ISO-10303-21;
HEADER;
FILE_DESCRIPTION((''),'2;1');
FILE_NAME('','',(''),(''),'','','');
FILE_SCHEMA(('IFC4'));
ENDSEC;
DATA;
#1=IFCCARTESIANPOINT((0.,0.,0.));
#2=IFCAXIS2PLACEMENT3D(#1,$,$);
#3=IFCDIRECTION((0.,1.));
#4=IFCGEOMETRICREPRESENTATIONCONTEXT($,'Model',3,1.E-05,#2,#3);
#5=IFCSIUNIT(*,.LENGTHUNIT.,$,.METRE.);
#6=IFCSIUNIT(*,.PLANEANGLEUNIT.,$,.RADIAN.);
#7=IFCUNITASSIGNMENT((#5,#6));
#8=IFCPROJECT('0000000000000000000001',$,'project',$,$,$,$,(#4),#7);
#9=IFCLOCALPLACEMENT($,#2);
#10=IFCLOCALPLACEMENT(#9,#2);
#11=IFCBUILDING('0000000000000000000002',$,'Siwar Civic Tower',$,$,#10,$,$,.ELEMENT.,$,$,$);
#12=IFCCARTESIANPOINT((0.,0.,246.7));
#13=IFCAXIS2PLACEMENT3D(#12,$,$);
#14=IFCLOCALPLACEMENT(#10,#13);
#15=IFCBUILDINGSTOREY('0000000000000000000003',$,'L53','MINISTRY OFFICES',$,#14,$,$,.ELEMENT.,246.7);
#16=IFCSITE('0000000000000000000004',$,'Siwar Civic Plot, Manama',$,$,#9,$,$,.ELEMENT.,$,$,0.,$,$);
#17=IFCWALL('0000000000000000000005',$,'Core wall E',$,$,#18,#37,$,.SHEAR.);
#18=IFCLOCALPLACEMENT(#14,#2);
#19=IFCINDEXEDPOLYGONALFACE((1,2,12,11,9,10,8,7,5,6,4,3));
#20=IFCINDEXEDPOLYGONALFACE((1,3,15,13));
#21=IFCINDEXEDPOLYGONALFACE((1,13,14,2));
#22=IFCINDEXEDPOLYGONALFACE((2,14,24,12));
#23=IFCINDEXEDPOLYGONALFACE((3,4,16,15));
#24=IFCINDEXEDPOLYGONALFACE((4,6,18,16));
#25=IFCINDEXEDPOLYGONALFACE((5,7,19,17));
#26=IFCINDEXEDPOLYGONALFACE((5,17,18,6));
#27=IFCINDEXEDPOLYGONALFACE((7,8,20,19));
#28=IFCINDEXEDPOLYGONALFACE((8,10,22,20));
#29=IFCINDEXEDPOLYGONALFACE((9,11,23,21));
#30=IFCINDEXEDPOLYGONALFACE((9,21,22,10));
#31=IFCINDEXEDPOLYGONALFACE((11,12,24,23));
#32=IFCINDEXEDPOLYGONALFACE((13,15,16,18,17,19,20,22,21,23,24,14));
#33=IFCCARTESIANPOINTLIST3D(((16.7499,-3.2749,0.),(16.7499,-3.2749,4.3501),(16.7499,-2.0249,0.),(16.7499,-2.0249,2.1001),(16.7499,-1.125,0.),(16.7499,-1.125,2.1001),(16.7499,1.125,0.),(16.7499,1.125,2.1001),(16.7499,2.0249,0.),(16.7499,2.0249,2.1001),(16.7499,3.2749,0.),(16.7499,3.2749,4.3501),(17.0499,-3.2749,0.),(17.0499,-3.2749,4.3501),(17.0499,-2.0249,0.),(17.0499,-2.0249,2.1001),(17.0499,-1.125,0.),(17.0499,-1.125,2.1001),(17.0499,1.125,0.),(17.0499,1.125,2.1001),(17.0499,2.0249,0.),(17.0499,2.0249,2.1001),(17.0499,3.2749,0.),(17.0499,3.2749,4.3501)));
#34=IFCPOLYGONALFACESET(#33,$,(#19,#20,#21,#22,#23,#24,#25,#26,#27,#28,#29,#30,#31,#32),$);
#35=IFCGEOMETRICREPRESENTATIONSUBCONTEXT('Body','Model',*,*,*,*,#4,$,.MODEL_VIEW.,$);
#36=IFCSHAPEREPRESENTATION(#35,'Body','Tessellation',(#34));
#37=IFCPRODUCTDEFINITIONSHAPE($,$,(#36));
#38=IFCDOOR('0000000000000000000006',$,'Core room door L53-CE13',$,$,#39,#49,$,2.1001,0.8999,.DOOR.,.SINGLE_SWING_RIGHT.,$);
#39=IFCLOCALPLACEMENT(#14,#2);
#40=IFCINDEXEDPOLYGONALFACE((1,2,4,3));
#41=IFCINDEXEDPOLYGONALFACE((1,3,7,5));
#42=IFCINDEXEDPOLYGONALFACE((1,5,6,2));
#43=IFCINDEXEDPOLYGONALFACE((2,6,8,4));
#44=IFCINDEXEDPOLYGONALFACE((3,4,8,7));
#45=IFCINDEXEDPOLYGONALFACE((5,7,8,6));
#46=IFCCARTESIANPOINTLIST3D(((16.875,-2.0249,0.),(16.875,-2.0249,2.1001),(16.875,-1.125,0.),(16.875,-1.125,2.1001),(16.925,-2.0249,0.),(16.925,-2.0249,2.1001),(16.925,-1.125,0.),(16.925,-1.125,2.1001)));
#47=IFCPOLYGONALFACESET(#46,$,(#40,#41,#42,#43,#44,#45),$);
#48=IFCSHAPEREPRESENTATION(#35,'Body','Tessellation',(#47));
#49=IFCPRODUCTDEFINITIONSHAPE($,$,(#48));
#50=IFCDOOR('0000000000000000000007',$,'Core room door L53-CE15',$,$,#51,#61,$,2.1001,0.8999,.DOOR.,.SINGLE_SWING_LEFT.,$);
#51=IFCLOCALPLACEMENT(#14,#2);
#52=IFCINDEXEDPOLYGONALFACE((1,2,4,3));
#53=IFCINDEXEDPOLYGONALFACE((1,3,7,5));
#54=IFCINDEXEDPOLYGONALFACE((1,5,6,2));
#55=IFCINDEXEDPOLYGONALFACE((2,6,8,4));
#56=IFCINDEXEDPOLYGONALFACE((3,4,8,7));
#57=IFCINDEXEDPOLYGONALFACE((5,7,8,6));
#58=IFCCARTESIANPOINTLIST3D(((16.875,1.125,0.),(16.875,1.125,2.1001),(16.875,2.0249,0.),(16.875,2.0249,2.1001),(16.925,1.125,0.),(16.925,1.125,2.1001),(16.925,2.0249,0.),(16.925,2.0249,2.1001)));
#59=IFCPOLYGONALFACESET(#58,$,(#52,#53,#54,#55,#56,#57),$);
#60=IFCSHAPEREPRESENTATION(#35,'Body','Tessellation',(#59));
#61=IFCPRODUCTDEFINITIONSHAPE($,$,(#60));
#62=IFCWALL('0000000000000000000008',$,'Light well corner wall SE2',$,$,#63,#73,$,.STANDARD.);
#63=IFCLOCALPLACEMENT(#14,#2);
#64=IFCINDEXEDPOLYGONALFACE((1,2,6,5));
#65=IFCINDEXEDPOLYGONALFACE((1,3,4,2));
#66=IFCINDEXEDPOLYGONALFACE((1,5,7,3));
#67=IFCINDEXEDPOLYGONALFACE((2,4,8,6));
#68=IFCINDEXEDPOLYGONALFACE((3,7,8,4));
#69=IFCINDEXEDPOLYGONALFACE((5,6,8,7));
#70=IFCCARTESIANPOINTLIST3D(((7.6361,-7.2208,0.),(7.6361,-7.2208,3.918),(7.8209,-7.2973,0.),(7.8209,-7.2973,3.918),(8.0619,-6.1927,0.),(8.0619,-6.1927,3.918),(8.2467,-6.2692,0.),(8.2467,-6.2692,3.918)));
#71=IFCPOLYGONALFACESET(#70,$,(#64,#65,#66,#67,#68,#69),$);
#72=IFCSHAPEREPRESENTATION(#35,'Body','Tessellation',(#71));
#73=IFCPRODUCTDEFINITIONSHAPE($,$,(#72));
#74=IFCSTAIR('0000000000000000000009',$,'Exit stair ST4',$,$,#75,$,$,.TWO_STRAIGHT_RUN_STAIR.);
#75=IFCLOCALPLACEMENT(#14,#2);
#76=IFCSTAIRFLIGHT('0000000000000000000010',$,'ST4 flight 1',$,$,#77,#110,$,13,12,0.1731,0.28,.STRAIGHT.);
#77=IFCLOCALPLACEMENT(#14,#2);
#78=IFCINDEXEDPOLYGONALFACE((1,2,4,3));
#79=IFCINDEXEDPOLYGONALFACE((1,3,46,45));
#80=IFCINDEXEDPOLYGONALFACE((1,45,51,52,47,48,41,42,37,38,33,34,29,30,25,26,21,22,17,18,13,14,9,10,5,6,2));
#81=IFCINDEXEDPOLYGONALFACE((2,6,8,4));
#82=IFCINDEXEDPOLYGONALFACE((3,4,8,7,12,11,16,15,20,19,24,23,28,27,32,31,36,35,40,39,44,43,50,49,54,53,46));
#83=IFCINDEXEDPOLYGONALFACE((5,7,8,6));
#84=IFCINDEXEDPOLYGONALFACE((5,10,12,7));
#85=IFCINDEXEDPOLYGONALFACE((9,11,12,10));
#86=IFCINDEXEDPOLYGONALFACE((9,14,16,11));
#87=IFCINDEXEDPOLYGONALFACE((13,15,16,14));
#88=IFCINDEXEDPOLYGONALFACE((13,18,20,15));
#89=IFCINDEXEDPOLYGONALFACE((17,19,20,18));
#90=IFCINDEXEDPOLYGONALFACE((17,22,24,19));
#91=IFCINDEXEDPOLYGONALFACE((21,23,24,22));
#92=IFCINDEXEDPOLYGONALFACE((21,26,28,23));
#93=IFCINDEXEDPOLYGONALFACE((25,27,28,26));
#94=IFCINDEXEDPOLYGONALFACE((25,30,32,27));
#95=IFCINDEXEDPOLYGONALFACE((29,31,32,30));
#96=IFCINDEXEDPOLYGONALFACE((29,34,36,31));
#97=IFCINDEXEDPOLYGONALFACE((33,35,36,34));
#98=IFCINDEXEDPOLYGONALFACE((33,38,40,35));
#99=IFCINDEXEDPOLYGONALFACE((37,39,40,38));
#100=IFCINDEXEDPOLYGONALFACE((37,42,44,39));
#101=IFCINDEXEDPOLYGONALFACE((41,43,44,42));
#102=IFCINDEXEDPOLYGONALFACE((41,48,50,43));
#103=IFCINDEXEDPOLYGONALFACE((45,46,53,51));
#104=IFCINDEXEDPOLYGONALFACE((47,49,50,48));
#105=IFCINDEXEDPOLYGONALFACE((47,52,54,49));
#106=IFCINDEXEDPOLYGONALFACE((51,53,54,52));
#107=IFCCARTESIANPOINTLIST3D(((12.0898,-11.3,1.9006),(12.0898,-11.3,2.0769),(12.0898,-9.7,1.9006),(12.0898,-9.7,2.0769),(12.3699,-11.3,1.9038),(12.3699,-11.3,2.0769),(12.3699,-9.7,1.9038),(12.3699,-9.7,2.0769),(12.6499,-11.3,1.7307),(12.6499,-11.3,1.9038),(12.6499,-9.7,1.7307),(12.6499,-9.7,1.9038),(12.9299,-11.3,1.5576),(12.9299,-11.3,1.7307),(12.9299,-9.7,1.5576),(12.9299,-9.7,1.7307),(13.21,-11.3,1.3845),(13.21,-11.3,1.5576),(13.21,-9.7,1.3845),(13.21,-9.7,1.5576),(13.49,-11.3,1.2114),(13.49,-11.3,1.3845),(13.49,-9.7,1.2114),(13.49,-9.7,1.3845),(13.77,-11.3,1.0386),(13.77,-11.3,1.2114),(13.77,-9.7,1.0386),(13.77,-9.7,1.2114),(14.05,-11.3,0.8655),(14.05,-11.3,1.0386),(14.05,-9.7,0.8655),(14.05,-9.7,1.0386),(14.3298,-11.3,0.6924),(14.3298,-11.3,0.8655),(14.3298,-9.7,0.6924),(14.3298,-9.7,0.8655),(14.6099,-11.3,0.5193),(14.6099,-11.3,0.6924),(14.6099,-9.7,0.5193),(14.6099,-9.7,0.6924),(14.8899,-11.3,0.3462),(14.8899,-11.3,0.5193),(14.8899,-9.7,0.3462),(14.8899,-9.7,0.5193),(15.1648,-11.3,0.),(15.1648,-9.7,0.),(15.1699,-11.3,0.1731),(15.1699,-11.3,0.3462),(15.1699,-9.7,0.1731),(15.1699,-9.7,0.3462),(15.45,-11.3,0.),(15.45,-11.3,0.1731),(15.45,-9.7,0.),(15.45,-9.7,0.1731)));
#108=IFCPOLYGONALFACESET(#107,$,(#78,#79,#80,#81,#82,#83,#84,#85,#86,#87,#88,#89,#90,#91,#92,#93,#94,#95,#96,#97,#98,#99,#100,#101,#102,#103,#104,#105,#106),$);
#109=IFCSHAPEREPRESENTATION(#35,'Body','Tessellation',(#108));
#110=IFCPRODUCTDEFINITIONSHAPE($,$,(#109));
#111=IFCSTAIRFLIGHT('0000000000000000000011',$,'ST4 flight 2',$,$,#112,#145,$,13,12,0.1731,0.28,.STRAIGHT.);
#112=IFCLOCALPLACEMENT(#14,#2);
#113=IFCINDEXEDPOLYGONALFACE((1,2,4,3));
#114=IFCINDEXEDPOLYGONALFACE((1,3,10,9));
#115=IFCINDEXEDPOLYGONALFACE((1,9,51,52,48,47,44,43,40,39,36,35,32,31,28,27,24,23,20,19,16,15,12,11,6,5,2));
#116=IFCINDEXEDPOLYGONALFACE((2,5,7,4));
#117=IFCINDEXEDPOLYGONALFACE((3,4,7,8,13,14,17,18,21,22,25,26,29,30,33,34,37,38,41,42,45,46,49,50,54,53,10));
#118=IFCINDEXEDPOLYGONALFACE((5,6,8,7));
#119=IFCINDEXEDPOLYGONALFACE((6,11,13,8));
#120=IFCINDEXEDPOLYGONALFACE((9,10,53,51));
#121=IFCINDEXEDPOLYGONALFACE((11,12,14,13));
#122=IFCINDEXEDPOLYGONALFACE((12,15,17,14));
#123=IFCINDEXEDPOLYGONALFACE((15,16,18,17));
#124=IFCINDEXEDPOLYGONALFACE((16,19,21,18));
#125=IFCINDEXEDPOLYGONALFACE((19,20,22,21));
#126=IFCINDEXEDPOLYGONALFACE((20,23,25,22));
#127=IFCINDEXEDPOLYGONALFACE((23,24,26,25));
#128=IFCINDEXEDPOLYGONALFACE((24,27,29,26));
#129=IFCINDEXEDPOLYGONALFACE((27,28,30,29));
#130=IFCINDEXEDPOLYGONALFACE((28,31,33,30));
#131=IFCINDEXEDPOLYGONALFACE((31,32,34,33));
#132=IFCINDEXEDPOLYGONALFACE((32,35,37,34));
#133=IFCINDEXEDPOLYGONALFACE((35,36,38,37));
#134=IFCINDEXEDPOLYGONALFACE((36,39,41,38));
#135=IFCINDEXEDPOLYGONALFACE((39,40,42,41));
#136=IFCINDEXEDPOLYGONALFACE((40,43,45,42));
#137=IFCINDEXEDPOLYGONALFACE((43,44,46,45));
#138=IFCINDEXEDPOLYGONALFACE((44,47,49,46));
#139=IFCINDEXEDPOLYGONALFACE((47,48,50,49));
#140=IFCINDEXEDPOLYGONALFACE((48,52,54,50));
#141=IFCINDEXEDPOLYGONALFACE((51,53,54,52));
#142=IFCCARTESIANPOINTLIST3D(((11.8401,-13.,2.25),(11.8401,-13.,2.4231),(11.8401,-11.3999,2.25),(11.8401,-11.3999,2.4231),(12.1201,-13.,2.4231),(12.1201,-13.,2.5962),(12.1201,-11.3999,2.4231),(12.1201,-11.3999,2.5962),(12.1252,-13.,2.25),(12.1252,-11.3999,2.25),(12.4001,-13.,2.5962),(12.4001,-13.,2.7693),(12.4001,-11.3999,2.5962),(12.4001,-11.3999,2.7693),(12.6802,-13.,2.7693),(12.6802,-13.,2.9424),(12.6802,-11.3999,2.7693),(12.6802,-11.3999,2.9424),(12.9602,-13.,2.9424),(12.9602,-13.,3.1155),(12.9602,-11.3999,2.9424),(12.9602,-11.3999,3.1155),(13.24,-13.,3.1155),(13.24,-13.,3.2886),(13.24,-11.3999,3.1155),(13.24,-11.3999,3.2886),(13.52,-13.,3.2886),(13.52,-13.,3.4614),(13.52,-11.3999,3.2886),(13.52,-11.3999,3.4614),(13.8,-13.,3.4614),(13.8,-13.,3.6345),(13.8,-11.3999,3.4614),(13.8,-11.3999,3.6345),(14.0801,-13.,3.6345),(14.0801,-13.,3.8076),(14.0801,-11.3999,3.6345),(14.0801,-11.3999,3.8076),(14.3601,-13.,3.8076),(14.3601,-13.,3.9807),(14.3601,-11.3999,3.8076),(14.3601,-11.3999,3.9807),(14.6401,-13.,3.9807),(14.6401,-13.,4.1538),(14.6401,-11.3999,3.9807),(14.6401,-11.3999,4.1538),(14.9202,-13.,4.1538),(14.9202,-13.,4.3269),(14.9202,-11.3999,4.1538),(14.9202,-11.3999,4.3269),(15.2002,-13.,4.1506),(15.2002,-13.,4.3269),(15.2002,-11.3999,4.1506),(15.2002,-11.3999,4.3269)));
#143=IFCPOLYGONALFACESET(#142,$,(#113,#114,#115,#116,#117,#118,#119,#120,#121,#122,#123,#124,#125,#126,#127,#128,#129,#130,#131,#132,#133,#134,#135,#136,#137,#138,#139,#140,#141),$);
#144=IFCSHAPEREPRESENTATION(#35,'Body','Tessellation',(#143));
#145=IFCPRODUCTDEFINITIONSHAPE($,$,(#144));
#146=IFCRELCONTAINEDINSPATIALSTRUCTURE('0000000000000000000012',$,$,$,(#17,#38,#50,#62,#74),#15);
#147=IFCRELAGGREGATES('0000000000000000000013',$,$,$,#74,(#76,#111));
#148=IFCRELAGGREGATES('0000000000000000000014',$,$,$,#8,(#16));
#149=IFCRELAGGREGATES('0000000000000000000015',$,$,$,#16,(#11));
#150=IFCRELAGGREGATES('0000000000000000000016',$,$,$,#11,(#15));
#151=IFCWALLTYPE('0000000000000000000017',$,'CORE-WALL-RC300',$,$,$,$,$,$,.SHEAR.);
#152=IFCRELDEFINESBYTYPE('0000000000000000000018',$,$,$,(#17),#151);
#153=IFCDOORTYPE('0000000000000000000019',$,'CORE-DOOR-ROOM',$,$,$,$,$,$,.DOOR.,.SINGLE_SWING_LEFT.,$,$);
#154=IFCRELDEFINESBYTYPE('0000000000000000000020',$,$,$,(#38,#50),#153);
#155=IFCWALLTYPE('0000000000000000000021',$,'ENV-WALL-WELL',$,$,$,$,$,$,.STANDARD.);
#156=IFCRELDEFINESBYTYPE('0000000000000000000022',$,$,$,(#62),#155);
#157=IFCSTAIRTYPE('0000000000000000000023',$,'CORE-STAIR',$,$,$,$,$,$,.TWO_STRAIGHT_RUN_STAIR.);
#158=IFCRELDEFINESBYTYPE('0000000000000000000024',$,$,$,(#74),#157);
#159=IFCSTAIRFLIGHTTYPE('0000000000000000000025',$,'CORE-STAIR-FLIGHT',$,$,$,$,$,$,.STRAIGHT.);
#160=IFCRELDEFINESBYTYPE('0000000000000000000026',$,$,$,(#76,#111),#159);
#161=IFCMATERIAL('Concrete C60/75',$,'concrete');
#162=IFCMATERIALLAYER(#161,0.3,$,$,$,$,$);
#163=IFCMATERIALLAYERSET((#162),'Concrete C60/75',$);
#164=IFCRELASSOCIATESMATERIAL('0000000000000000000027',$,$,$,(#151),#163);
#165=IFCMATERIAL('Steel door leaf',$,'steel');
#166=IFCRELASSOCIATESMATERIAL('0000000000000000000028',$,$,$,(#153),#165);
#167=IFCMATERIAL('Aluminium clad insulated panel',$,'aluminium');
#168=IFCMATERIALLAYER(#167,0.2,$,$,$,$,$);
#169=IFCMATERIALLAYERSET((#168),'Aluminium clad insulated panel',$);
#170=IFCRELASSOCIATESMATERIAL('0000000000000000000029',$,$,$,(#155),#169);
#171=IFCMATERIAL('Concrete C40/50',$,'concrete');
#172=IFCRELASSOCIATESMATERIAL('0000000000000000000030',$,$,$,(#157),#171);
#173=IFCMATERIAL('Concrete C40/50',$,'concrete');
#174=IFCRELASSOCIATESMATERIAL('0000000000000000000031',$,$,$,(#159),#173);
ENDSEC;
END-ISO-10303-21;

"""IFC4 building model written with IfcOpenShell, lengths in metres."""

from ifc_helpers import new_model, si_unit, direction, frame, frame_2d, origin, place, context, subcontext, project, spatial, polyline, rectangle, outline, extrude, material, layer, layer_set, type_object, element, fill, aggregate, save


model = new_model("IFC4")

# Units and contexts
model_context = context("Model", 3, precision=1e-05, world=origin(), true_north=direction((0.0, 1.0)))
body_context = subcontext(model_context, "Body", "Model", "MODEL_VIEW")
ifc_project = project(units=[si_unit("LENGTHUNIT", "METRE"), si_unit("PLANEANGLEUNIT", "RADIAN")], contexts=[model_context])

# Site, building, storey
site_placement = place(None, origin())
site = spatial("IfcSite", under=ifc_project, at=site_placement, Name="Siwar Civic Plot, Manama", CompositionType="ELEMENT", RefElevation=0.0)
building_placement = place(site_placement, origin())
building = spatial("IfcBuilding", under=site, at=building_placement, Name="Siwar Civic Tower", CompositionType="ELEMENT")
storey_placement = place(building_placement, frame((0.0, 0.0, 246.7)))
storey = spatial("IfcBuildingStorey", under=building, at=storey_placement, Name="L53", Description="MINISTRY OFFICES", CompositionType="ELEMENT", Elevation=246.7)

# Wall, openings, doors
ifc_material_1 = material(Name="Concrete C60/75", Category="concrete")
ifc_layer_1 = layer(ifc_material_1, 0.3)
ifc_layer_set_1 = layer_set([ifc_layer_1], Name="Concrete C60/75")
wall_type_1 = type_object("IfcWallType", Name="CORE-WALL-RC300", PredefinedType="SHEAR", material=ifc_layer_set_1)
wall_1_placement = place(storey_placement, frame((16.8999, -3.2749, 0.0), z_axis=(0.0, 0.0, 1.0), x_axis=(0.0, 1.0, 0.0)))
wall_1 = element("IfcWall", 1, at=wall_1_placement, inside=storey, type_object=wall_type_1, Name="Core wall E", PredefinedType="SHEAR", context=body_context, shape_type="SweptSolid", body=[
    extrude(rectangle(XDim=6.5498, YDim=0.3, at=frame_2d((3.2749, 0.0))), origin(), (0.0, 0.0, 1.0), 4.3501),
])
opening_1_placement = place(wall_1_placement, frame((1.25, 0.0, 0.0)))
opening_1 = element("IfcOpeningElement", 2, at=opening_1_placement, cuts=wall_1, PredefinedType="OPENING", context=body_context, shape_type="SweptSolid", body=[
    extrude(rectangle(XDim=0.8999, YDim=2.1001, at=frame_2d((0.45, 1.05))), frame((0.0, 0.1602, 0.0), z_axis=(0.0, -1.0, 0.0), x_axis=(1.0, 0.0, 0.0)), (0.0, 0.0, 1.0), 0.3201),
])
opening_2_placement = place(wall_1_placement, frame((4.3999, 0.0, 0.0)))
opening_2 = element("IfcOpeningElement", 3, at=opening_2_placement, cuts=wall_1, PredefinedType="OPENING", context=body_context, shape_type="SweptSolid", body=[
    extrude(rectangle(XDim=0.8999, YDim=2.1001, at=frame_2d((0.45, 1.05))), frame((0.0, 0.1602, 0.0), z_axis=(0.0, -1.0, 0.0), x_axis=(1.0, 0.0, 0.0)), (0.0, 0.0, 1.0), 0.3201),
])
ifc_material_2 = material(Name="Steel door leaf", Category="steel")
door_type_1 = type_object("IfcDoorType", Name="CORE-DOOR-ROOM", OperationType="SINGLE_SWING_LEFT", PredefinedType="DOOR", material=ifc_material_2)
door_1_placement = place(opening_1_placement, origin())
door_1 = element("IfcDoor", 4, at=door_1_placement, inside=storey, type_object=door_type_1, Name="Core room door L53-CE13", OperationType="SINGLE_SWING_RIGHT", OverallHeight=2.1001, OverallWidth=0.8999, PredefinedType="DOOR", context=body_context, shape_type="SweptSolid", body=[
    extrude(rectangle(XDim=0.8999, YDim=2.1001, at=frame_2d((0.45, 1.05))), frame((0.0, 0.0249, 0.0), z_axis=(0.0, -1.0, 0.0), x_axis=(1.0, 0.0, 0.0)), (0.0, 0.0, 1.0), 0.05),
])
fill(opening_1, door_1)
door_2_placement = place(opening_2_placement, origin())
door_2 = element("IfcDoor", 5, at=door_2_placement, inside=storey, type_object=door_type_1, Name="Core room door L53-CE15", OperationType="SINGLE_SWING_LEFT", OverallHeight=2.1001, OverallWidth=0.8999, PredefinedType="DOOR", context=body_context, shape_type="SweptSolid", body=[
    extrude(rectangle(XDim=0.8999, YDim=2.1001, at=frame_2d((0.45, 1.05))), frame((0.0, 0.0249, 0.0), z_axis=(0.0, -1.0, 0.0), x_axis=(1.0, 0.0, 0.0)), (0.0, 0.0, 1.0), 0.05),
])
fill(opening_2, door_2)

# Wall
ifc_material_3 = material(Name="Aluminium clad insulated panel", Category="aluminium")
ifc_layer_2 = layer(ifc_material_3, 0.2)
ifc_layer_set_2 = layer_set([ifc_layer_2], Name="Aluminium clad insulated panel")
wall_type_2 = type_object("IfcWallType", Name="ENV-WALL-WELL", PredefinedType="STANDARD", material=ifc_layer_set_2)
wall_2_placement = place(storey_placement, frame((7.7285, -7.259, 0.0), z_axis=(0.0, 0.0, 1.0), x_axis=(0.382636, 0.923899, 0.0)))
element("IfcWall", 6, at=wall_2_placement, inside=storey, type_object=wall_type_2, Name="Light well corner wall SE2", PredefinedType="STANDARD", context=body_context, shape_type="SweptSolid", body=[
    extrude(rectangle(XDim=1.1128, YDim=0.2, at=frame_2d((0.5564, 0.0))), origin(), (0.0, 0.0, 1.0), 3.918),
])

# Stair, stair flights
ifc_material_4 = material(Name="Concrete C40/50", Category="concrete")
stair_type = type_object("IfcStairType", Name="CORE-STAIR", PredefinedType="TWO_STRAIGHT_RUN_STAIR", material=ifc_material_4)
stair_placement = place(storey_placement, origin())
stair = element("IfcStair", 7, at=stair_placement, inside=storey, type_object=stair_type, Name="Exit stair ST4", PredefinedType="TWO_STRAIGHT_RUN_STAIR")
ifc_material_5 = material(Name="Concrete C40/50", Category="concrete")
stair_flight_type = type_object("IfcStairFlightType", Name="CORE-STAIR-FLIGHT", PredefinedType="STRAIGHT", material=ifc_material_5)
stair_flight_1_placement = place(storey_placement, frame((15.45, -10.5, 0.0), z_axis=(0.0, 0.0, 1.0), x_axis=(-1.0, 0.0, 0.0)))
stair_flight_1 = element("IfcStairFlight", 8, at=stair_flight_1_placement, type_object=stair_flight_type, Name="ST4 flight 1", NumberOfRisers=13, NumberOfTreads=12, PredefinedType="STRAIGHT", RiserHeight=0.1731, TreadLength=0.28, context=body_context, shape_type="SweptSolid", body=[
    extrude(outline(polyline([(0.0, 0.0), (0.0, 0.1731), (0.28, 0.1731), (0.28, 0.3462), (0.5601, 0.3462), (0.5601, 0.5193), (0.8401, 0.5193), (0.8401, 0.6924), (1.1201, 0.6924), (1.1201, 0.8655), (1.3999, 0.8655), (1.3999, 1.0386), (1.6799, 1.0386), (1.6799, 1.2114), (1.96, 1.2114), (1.96, 1.3845), (2.24, 1.3845), (2.24, 1.5576), (2.52, 1.5576), (2.52, 1.7307), (2.8, 1.7307), (2.8, 1.9038), (3.0801, 1.9038), (3.0801, 2.0769), (3.3601, 2.0769), (3.3601, 2.25), (3.3601, 1.9006), (0.2852, 0.0), (0.0, 0.0)])), frame((0.0, 0.8, 0.0), z_axis=(0.0, -1.0, 0.0), x_axis=(1.0, 0.0, 0.0)), (0.0, 0.0, 1.0), 1.6001),
])
stair_flight_2_placement = place(storey_placement, frame((11.8401, -12.2, 2.25), z_axis=(0.0, 0.0, 1.0), x_axis=(1.0, 0.0, 0.0)))
stair_flight_2 = element("IfcStairFlight", 9, at=stair_flight_2_placement, type_object=stair_flight_type, Name="ST4 flight 2", NumberOfRisers=13, NumberOfTreads=12, PredefinedType="STRAIGHT", RiserHeight=0.1731, TreadLength=0.28, context=body_context, shape_type="SweptSolid", body=[
    extrude(outline(polyline([(0.0, 0.0), (0.0, 0.1731), (0.28, 0.1731), (0.28, 0.3462), (0.5601, 0.3462), (0.5601, 0.5193), (0.8401, 0.5193), (0.8401, 0.6924), (1.1201, 0.6924), (1.1201, 0.8655), (1.3999, 0.8655), (1.3999, 1.0386), (1.6799, 1.0386), (1.6799, 1.2114), (1.96, 1.2114), (1.96, 1.3845), (2.24, 1.3845), (2.24, 1.5576), (2.52, 1.5576), (2.52, 1.7307), (2.8, 1.7307), (2.8, 1.9038), (3.0801, 1.9038), (3.0801, 2.0769), (3.3601, 2.0769), (3.3601, 2.25), (3.3601, 1.9006), (0.2852, 0.0), (0.0, 0.0)])), frame((0.0, 0.8, 0.0), z_axis=(0.0, -1.0, 0.0), x_axis=(1.0, 0.0, 0.0)), (0.0, 0.0, 1.0), 1.6001),
])
aggregate(stair, [stair_flight_1, stair_flight_2])

save(model, "model.ifc")
